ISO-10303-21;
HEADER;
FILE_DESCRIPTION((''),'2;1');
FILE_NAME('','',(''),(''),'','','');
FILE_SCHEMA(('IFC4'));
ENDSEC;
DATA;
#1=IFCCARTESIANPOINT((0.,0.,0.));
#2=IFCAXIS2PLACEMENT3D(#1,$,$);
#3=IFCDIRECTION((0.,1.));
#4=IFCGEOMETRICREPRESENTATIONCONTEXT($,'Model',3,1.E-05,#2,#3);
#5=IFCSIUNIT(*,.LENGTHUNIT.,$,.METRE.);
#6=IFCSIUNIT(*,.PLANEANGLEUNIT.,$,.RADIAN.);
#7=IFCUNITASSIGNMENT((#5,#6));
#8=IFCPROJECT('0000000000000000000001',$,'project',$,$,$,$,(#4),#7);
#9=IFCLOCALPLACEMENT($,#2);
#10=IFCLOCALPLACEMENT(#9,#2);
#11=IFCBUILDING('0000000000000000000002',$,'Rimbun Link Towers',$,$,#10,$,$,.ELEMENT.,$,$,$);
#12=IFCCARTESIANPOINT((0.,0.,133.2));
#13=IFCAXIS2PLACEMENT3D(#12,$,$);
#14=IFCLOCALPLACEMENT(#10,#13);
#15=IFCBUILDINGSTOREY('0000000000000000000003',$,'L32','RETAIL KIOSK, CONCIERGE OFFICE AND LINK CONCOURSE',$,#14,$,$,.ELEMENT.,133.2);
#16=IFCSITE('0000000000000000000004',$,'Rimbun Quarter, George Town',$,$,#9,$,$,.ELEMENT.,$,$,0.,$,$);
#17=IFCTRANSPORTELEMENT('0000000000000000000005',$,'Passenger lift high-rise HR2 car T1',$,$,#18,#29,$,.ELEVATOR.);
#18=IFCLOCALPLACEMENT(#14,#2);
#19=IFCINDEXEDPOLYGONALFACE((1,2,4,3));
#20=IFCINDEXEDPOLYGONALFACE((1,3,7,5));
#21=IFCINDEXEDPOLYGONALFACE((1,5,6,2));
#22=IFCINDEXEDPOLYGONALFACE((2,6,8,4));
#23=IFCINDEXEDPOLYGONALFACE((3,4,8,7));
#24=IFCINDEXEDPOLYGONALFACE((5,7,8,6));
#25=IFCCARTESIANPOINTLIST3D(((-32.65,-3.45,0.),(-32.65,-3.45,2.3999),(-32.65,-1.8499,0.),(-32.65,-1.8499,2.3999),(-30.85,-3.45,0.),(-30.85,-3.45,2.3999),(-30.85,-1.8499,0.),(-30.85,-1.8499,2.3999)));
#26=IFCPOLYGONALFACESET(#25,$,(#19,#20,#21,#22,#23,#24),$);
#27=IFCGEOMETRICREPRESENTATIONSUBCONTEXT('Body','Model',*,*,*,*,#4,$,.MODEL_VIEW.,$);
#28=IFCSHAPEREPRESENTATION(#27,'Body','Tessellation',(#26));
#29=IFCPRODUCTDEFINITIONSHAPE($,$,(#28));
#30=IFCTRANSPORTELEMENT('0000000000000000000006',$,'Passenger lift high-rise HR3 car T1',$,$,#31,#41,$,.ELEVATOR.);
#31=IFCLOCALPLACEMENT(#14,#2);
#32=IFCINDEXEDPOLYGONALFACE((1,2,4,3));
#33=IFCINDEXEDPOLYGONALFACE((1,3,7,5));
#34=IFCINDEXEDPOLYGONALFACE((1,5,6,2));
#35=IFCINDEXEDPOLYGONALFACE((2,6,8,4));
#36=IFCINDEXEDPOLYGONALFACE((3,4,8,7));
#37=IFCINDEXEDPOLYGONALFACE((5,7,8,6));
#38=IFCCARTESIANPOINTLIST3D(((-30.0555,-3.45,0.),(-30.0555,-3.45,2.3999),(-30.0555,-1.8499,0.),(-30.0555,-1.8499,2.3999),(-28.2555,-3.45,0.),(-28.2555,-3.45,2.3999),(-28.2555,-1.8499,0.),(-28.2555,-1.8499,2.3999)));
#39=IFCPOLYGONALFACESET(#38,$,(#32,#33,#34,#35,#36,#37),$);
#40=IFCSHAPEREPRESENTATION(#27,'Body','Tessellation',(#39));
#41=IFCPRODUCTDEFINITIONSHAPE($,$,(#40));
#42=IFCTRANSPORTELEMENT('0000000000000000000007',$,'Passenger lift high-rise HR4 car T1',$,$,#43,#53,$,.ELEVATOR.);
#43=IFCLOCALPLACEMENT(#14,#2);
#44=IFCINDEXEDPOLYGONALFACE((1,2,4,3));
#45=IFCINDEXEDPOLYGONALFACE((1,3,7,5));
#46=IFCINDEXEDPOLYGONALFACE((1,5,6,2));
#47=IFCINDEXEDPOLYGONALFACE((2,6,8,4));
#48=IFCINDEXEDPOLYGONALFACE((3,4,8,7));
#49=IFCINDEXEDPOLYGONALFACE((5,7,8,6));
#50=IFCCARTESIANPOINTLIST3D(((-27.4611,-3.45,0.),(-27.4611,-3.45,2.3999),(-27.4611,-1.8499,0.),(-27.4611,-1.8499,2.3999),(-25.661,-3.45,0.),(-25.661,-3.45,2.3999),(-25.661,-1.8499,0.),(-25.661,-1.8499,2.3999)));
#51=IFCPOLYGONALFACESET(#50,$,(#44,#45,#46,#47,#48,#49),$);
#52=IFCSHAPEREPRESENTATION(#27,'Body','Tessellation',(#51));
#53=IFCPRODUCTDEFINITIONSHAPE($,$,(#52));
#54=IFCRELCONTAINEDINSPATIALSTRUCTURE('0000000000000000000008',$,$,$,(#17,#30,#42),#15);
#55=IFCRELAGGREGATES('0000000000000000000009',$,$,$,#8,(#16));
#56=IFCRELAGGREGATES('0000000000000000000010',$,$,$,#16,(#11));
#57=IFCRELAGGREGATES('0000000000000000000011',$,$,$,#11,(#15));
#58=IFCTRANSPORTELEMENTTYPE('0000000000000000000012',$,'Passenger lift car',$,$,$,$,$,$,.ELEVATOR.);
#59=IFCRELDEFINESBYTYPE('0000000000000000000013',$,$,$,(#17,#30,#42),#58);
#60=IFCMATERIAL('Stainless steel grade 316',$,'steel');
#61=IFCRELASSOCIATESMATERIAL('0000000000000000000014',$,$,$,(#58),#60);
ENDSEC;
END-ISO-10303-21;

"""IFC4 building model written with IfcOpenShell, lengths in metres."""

from ifc_helpers import new_model, si_unit, direction, frame, origin, origin_2d, place, context, subcontext, project, spatial, rectangle, extrude, material, type_object, element, save


model = new_model("IFC4")

# Units and contexts
model_context = context("Model", 3, precision=1e-05, world=origin(), true_north=direction((0.0, 1.0)))
body_context = subcontext(model_context, "Body", "Model", "MODEL_VIEW")
ifc_project = project(units=[si_unit("LENGTHUNIT", "METRE"), si_unit("PLANEANGLEUNIT", "RADIAN")], contexts=[model_context])

# Site, building, storey
site_placement = place(None, origin())
site = spatial("IfcSite", under=ifc_project, at=site_placement, Name="Rimbun Quarter, George Town", CompositionType="ELEMENT", RefElevation=0.0)
building_placement = place(site_placement, origin())
building = spatial("IfcBuilding", under=site, at=building_placement, Name="Rimbun Link Towers", CompositionType="ELEMENT")
storey_placement = place(building_placement, frame((0.0, 0.0, 133.2)))
storey = spatial("IfcBuildingStorey", under=building, at=storey_placement, Name="L32", Description="RETAIL KIOSK, CONCIERGE OFFICE AND LINK CONCOURSE", CompositionType="ELEMENT", Elevation=133.2)

# Transport elements
ifc_material_1 = material(Name="Stainless steel grade 316", Category="steel")
transport_element_type = type_object("IfcTransportElementType", Name="Passenger lift car", PredefinedType="ELEVATOR", material=ifc_material_1)
for number, where, z_axis, x_axis, name in (
    (1, (-31.75, -2.6499, 0.0), (0.0, 0.0, 1.0), (1.0, 0.0, 0.0), "Passenger lift high-rise HR2 car T1"),
    (2, (-29.1555, -2.6499, 0.0), (0.0, 0.0, 1.0), (1.0, 0.0, 0.0), "Passenger lift high-rise HR3 car T1"),
    (3, (-26.561, -2.6499, 0.0), (0.0, 0.0, 1.0), (1.0, 0.0, 0.0), "Passenger lift high-rise HR4 car T1"),
):
    element("IfcTransportElement", number, at=place(storey_placement, frame(where, z_axis=z_axis, x_axis=x_axis)), inside=storey, type_object=transport_element_type, Name=name, PredefinedType="ELEVATOR", context=body_context, shape_type="SweptSolid", body=[
        extrude(rectangle(XDim=1.8, YDim=1.6001, at=origin_2d()), origin(), (0.0, 0.0, 1.0), 2.3999),
    ])

save(model, "model.ifc")
